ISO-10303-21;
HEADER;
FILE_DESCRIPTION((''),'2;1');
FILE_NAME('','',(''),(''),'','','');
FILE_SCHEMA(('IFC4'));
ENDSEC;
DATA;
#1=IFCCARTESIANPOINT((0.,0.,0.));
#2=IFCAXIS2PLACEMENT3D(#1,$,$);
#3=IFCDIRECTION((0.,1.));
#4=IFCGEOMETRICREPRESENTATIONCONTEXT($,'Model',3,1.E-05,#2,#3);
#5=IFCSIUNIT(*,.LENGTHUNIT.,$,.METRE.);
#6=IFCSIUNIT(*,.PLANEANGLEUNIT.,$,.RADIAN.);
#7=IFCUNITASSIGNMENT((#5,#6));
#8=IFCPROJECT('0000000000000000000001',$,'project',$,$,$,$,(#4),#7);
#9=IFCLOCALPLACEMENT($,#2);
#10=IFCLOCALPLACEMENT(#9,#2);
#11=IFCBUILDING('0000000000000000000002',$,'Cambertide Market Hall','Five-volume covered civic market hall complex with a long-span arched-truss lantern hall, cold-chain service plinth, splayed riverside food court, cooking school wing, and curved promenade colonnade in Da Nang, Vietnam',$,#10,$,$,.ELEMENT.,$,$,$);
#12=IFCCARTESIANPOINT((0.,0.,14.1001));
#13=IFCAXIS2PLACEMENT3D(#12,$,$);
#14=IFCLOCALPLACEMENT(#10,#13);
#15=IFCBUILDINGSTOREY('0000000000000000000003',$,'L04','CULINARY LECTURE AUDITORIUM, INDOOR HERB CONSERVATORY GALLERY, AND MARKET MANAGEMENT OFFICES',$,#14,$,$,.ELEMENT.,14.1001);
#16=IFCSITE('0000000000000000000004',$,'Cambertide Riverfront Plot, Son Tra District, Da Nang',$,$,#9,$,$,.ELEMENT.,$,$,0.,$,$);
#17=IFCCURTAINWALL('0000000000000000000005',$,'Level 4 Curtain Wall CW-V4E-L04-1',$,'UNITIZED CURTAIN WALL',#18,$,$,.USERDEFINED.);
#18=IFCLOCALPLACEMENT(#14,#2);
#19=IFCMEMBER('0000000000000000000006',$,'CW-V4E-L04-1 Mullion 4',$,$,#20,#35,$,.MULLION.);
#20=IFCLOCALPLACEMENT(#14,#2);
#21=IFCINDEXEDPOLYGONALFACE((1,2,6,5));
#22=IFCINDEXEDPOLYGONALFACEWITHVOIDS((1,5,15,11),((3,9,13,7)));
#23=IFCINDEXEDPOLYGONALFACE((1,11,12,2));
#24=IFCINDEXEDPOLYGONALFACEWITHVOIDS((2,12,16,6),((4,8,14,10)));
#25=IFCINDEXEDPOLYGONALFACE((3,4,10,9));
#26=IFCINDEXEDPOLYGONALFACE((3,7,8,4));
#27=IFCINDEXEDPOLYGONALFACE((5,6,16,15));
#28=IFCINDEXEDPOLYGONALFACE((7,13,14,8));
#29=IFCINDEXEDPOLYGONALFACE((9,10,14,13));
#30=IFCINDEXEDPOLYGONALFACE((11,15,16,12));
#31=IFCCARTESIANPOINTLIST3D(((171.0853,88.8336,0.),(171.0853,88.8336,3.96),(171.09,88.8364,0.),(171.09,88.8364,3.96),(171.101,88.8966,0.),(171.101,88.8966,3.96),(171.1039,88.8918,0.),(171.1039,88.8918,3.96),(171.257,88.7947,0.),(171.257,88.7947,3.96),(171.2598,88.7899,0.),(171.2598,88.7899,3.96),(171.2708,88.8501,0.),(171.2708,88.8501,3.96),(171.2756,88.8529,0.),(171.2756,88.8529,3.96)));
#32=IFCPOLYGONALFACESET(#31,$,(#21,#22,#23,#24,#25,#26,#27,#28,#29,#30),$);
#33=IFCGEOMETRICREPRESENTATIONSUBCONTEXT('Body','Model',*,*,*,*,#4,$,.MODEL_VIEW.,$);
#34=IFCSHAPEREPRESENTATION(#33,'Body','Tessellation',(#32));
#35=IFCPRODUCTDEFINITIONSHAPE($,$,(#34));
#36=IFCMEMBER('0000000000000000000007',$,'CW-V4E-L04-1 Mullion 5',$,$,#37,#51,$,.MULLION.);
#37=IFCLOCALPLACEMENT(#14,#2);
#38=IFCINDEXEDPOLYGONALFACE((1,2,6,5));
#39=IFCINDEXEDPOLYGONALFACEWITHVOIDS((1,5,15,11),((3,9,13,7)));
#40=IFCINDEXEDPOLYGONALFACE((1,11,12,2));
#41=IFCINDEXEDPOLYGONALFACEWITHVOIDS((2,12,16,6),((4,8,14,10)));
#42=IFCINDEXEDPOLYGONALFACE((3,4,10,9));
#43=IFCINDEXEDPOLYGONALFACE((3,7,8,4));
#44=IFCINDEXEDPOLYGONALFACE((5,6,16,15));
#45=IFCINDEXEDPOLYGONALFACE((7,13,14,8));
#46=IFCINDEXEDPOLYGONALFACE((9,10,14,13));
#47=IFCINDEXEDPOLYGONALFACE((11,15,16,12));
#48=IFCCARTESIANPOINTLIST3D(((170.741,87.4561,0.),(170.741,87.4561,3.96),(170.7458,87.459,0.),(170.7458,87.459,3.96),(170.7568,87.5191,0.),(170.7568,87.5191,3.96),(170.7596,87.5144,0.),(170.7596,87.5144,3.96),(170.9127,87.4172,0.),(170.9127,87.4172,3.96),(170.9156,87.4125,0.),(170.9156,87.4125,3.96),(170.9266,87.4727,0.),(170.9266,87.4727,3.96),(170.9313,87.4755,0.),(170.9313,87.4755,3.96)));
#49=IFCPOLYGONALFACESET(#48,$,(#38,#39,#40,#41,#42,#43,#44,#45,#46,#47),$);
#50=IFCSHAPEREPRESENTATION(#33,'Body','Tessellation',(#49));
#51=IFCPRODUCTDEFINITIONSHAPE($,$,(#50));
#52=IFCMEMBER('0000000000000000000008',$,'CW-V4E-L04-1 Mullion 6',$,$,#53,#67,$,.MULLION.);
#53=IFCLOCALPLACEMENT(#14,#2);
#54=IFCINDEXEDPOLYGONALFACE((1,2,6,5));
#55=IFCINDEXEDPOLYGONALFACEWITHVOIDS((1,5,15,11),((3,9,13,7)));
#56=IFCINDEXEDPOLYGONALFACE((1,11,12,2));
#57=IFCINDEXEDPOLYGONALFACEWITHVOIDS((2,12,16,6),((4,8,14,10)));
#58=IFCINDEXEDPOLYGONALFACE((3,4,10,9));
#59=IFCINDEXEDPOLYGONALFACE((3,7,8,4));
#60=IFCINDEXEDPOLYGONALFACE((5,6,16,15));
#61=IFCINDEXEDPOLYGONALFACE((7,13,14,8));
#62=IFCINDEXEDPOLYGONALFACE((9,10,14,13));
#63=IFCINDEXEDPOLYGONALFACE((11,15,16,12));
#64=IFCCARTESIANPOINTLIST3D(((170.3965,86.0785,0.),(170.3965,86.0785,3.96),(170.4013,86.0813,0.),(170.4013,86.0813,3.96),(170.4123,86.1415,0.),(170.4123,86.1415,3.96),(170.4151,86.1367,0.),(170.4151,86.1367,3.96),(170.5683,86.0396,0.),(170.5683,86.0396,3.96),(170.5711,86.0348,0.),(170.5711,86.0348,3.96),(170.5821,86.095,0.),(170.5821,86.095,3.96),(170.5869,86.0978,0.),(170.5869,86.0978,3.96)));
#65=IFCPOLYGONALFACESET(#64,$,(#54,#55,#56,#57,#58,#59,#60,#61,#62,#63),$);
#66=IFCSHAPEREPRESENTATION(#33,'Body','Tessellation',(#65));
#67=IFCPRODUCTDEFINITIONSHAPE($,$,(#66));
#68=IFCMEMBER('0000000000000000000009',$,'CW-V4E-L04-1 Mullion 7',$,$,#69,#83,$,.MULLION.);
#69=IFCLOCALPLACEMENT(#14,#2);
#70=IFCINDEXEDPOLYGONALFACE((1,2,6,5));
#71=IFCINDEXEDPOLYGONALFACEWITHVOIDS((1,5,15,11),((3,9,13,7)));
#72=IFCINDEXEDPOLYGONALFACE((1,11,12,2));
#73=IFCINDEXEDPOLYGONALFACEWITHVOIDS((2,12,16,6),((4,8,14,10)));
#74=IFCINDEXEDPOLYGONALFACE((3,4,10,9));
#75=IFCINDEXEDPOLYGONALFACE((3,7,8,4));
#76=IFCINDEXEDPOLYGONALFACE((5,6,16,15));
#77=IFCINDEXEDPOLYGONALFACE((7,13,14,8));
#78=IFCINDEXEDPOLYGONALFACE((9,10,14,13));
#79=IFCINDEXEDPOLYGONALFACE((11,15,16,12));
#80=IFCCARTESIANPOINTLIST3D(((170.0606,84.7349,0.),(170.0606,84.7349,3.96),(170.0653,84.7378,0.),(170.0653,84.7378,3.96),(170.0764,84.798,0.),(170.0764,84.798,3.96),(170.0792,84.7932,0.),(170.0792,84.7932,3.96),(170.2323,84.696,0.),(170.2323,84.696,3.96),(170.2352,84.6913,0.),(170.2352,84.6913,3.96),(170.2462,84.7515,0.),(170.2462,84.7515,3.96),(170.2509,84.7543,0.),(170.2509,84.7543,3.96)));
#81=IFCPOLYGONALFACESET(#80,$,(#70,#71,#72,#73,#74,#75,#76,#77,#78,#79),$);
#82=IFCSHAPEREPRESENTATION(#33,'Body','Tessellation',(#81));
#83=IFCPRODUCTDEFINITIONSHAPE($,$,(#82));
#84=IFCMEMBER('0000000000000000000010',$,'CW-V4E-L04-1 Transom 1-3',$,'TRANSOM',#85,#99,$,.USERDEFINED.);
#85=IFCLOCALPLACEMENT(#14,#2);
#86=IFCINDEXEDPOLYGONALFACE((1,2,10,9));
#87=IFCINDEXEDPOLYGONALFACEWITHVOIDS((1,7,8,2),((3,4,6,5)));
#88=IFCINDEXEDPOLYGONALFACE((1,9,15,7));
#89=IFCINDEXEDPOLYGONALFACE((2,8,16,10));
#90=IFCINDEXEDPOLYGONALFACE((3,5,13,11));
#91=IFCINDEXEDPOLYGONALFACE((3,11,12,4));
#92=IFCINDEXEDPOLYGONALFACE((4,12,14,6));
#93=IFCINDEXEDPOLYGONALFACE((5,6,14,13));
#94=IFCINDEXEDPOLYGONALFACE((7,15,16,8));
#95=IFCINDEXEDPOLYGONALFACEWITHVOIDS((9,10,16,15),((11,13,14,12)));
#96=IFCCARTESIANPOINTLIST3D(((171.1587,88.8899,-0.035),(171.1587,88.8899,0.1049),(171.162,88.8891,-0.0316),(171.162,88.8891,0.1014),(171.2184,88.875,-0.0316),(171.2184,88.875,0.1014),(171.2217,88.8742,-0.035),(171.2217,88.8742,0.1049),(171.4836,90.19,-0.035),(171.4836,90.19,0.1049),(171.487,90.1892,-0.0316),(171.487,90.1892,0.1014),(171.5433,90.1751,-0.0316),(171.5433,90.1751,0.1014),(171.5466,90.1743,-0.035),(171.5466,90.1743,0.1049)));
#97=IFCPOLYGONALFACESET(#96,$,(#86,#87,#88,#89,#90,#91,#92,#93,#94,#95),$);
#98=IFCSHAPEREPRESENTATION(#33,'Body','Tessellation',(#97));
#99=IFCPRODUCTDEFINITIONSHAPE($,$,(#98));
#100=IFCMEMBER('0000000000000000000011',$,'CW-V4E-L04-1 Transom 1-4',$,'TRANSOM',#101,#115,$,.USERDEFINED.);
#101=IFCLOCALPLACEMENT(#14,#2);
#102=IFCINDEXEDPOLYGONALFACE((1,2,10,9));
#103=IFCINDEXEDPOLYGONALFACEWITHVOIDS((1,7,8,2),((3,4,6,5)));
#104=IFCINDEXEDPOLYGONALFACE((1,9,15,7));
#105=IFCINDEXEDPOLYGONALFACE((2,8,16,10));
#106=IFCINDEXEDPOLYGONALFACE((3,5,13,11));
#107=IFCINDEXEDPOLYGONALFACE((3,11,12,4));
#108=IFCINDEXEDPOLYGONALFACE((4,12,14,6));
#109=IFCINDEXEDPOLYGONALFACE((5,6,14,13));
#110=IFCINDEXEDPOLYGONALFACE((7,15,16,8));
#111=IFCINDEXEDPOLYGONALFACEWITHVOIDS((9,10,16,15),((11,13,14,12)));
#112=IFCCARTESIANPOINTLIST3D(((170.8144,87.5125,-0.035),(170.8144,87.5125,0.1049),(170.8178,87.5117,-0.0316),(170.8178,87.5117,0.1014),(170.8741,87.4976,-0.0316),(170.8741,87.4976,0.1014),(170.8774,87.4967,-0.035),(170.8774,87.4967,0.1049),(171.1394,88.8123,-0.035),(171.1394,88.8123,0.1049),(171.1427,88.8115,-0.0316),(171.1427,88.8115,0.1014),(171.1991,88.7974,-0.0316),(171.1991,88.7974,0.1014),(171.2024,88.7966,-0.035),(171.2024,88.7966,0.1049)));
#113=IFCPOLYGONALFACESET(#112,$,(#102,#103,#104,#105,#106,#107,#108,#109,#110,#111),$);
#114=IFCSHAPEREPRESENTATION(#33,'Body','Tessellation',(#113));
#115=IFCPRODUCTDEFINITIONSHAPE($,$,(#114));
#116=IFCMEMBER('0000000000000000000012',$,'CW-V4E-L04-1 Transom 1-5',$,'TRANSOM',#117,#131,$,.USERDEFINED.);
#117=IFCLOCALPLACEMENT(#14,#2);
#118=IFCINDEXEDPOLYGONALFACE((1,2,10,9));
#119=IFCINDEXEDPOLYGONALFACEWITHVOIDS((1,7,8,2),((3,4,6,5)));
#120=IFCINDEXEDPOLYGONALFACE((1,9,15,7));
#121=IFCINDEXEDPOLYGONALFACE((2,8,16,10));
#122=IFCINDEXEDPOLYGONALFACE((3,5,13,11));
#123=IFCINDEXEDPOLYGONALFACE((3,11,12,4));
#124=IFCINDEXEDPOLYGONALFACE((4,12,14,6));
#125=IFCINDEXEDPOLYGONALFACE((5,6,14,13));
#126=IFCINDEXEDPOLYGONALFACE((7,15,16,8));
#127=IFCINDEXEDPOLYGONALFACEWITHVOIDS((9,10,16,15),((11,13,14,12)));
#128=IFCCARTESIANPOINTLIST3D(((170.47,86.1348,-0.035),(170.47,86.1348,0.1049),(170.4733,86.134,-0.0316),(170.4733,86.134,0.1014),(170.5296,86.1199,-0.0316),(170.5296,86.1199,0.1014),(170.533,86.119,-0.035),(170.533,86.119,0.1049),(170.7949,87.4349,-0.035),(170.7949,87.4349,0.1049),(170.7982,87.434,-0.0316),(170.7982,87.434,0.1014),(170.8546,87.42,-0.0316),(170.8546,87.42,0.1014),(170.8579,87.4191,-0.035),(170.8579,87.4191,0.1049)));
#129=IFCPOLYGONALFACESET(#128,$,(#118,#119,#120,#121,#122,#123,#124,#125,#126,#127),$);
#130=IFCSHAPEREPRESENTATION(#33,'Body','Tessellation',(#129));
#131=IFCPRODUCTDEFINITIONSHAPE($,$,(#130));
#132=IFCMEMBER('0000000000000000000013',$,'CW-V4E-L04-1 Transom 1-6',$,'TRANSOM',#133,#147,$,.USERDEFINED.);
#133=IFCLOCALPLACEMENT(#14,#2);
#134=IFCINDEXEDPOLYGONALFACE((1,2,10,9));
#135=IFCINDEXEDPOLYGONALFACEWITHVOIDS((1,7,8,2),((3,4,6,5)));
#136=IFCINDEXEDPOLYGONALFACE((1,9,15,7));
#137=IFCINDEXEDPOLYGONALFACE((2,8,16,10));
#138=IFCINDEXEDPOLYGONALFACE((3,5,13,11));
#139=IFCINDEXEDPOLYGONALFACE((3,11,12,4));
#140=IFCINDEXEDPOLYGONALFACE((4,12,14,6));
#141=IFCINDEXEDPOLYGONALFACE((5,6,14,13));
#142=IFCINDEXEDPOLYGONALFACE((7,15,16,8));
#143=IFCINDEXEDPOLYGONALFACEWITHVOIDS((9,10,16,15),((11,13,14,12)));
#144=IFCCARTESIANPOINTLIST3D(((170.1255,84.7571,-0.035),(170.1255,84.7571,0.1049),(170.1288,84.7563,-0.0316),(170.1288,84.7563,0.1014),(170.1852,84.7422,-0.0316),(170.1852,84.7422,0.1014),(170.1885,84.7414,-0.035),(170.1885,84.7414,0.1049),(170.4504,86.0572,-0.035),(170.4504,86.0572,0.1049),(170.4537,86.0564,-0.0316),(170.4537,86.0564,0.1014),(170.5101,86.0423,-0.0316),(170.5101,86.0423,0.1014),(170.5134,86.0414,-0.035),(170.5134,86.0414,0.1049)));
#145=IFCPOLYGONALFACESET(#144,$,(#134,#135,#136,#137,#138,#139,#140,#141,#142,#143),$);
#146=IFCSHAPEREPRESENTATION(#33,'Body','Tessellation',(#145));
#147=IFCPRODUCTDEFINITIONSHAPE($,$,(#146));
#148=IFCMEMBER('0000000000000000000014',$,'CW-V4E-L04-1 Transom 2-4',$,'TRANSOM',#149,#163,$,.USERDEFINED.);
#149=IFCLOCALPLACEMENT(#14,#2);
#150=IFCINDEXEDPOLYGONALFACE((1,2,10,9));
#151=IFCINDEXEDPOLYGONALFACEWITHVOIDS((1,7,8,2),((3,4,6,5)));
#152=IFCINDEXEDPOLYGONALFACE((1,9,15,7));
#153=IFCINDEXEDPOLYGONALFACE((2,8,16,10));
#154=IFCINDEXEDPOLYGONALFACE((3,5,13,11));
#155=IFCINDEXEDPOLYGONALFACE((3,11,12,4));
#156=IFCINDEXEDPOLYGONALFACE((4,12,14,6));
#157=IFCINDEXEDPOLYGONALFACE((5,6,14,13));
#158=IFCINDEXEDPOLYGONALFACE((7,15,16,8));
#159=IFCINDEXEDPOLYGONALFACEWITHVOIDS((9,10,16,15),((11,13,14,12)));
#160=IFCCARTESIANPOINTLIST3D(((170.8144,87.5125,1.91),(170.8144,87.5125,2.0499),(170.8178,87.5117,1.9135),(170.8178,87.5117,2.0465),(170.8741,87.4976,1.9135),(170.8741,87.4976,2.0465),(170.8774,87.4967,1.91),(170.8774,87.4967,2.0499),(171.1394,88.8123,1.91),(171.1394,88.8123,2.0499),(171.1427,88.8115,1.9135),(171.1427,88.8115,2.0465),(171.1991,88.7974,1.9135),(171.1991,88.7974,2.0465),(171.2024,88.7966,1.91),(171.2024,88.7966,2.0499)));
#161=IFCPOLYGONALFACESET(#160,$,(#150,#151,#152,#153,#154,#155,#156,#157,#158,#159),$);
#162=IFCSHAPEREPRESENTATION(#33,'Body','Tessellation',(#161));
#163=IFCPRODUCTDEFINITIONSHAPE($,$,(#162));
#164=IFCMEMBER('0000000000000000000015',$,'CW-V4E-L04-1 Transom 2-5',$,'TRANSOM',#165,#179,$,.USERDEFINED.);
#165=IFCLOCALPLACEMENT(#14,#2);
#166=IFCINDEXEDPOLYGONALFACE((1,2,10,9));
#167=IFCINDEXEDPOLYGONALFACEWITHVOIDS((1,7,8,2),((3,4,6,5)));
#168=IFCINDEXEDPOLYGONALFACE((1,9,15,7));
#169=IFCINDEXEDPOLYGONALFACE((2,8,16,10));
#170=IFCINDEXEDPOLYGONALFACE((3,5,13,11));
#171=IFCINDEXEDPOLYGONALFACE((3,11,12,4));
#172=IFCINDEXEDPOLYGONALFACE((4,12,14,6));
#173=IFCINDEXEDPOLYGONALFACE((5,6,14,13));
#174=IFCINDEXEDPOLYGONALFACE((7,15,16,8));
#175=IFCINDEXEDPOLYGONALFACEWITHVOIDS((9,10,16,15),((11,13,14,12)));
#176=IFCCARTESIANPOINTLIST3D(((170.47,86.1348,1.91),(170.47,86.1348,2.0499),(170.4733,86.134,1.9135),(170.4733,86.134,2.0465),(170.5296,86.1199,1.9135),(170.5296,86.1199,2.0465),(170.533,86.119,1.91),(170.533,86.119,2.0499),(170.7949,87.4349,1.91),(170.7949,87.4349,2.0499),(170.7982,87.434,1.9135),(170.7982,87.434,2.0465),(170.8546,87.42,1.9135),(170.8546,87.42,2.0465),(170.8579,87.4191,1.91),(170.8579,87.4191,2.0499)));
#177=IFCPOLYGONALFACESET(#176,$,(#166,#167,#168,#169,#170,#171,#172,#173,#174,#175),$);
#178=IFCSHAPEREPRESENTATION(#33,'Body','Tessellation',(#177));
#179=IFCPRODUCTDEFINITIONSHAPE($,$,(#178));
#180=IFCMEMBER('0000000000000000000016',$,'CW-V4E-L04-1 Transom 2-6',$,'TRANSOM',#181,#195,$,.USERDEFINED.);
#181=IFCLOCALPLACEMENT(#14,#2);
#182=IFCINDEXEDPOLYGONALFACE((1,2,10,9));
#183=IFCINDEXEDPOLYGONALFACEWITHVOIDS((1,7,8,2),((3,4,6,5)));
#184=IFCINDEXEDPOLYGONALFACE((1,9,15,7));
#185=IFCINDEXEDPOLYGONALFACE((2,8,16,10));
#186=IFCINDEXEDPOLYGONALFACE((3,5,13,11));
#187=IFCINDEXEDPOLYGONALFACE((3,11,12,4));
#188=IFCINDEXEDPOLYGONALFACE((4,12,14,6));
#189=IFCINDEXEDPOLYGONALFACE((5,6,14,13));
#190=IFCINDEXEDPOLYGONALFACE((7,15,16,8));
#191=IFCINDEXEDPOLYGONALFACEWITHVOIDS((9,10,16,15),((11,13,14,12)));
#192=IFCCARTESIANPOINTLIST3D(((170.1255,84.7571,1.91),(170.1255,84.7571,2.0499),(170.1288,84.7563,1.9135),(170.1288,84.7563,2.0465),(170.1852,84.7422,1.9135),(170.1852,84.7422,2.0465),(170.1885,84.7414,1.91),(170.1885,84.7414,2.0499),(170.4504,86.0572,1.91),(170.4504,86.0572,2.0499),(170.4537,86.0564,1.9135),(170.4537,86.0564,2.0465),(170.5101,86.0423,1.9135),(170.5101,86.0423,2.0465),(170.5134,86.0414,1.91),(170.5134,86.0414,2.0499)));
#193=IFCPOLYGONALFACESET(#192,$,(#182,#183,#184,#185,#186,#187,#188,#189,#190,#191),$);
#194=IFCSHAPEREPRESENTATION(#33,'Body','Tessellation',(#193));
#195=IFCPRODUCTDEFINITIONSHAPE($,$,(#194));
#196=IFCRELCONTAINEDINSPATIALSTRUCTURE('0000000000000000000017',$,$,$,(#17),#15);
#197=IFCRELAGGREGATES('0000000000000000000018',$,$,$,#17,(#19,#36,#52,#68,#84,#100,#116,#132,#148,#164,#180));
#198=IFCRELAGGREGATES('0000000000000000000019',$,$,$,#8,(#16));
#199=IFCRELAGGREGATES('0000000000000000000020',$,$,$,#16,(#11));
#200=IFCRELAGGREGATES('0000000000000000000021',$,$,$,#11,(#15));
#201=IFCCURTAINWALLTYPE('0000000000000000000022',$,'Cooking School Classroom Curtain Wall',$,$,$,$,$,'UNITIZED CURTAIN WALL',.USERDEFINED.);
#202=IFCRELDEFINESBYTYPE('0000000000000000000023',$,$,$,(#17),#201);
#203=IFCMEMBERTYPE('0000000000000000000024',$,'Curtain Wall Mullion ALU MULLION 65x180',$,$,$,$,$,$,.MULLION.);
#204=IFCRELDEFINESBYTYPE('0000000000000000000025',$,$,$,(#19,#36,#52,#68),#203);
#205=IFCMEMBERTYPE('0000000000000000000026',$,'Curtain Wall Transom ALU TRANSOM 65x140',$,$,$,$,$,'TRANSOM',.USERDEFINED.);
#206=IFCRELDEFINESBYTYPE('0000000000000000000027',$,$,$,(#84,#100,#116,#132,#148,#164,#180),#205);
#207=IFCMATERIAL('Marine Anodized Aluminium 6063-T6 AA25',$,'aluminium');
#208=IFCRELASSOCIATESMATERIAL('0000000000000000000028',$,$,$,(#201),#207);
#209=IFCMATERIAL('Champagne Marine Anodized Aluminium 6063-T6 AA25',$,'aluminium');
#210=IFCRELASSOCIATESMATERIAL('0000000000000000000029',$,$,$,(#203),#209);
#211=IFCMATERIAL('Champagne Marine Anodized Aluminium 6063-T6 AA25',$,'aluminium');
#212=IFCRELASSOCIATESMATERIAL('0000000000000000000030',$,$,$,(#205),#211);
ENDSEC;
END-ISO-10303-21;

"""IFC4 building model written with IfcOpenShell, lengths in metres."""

from ifc_helpers import new_model, si_unit, direction, frame, origin, origin_2d, place, context, subcontext, project, spatial, hollow_rectangle, extrude, material, material_profile, profile_set, type_object, element, aggregate, save


model = new_model("IFC4")

# Units and contexts
model_context = context("Model", 3, precision=1e-05, world=origin(), true_north=direction((0.0, 1.0)))
body_context = subcontext(model_context, "Body", "Model", "MODEL_VIEW")
ifc_project = project(units=[si_unit("LENGTHUNIT", "METRE"), si_unit("PLANEANGLEUNIT", "RADIAN")], contexts=[model_context])

# Site, building, storey
site_placement = place(None, origin())
site = spatial("IfcSite", under=ifc_project, at=site_placement, Name="Cambertide Riverfront Plot, Son Tra District, Da Nang", CompositionType="ELEMENT", RefElevation=0.0)
building_placement = place(site_placement, origin())
building = spatial("IfcBuilding", under=site, at=building_placement, Name="Cambertide Market Hall", Description="Five-volume covered civic market hall complex with a long-span arched-truss lantern hall, cold-chain service plinth, splayed riverside food court, cooking school wing, and curved promenade colonnade in Da Nang, Vietnam", CompositionType="ELEMENT")
storey_placement = place(building_placement, frame((0.0, 0.0, 14.1001)))
storey = spatial("IfcBuildingStorey", under=building, at=storey_placement, Name="L04", Description="CULINARY LECTURE AUDITORIUM, INDOOR HERB CONSERVATORY GALLERY, AND MARKET MANAGEMENT OFFICES", CompositionType="ELEMENT", Elevation=14.1001)

# Curtain wall, members
ifc_material_1 = material(Name="Marine Anodized Aluminium 6063-T6 AA25", Category="aluminium")
curtain_wall_type = type_object("IfcCurtainWallType", Name="Cooking School Classroom Curtain Wall", ElementType="UNITIZED CURTAIN WALL", PredefinedType="USERDEFINED", material=ifc_material_1)
curtain_wall_placement = place(storey_placement, origin())
curtain_wall = element("IfcCurtainWall", 1, at=curtain_wall_placement, inside=storey, type_object=curtain_wall_type, Name="Level 4 Curtain Wall CW-V4E-L04-1", ObjectType="UNITIZED CURTAIN WALL", PredefinedType="USERDEFINED")
ifc_material_2 = material(Name="Champagne Marine Anodized Aluminium 6063-T6 AA25", Category="aluminium")
ifc_material_profile_1 = material_profile(ifc_material_2, hollow_rectangle(XDim=0.0649, YDim=0.1799, WallThickness=0.0039, at=origin_2d()), Name="ALU MULLION 65x180")
ifc_profile_set_1 = profile_set([ifc_material_profile_1], Name="Champagne Marine Anodized Aluminium 6063-T6 AA25")
member_type_1 = type_object("IfcMemberType", Name="Curtain Wall Mullion ALU MULLION 65x180", PredefinedType="MULLION", material=ifc_profile_set_1)
member_1_placement = place(storey_placement, frame((171.1804, 88.8433, 0.0), z_axis=(0.0, 0.0, 1.0), x_axis=(-0.242536, -0.970143, 0.0)))
member_1 = element("IfcMember", 2, at=member_1_placement, type_object=member_type_1, Name="CW-V4E-L04-1 Mullion 4", PredefinedType="MULLION", context=body_context, shape_type="SweptSolid", body=[
    extrude(hollow_rectangle(XDim=0.0649, YDim=0.1799, WallThickness=0.0039, at=origin_2d()), origin(), (0.0, 0.0, 1.0), 3.96),
])
member_2_placement = place(storey_placement, frame((170.8362, 87.4658, 0.0), z_axis=(0.0, 0.0, 1.0), x_axis=(-0.242536, -0.970143, 0.0)))
member_2 = element("IfcMember", 3, at=member_2_placement, type_object=member_type_1, Name="CW-V4E-L04-1 Mullion 5", PredefinedType="MULLION", context=body_context, shape_type="SweptSolid", body=[
    extrude(hollow_rectangle(XDim=0.0649, YDim=0.1799, WallThickness=0.0039, at=origin_2d()), origin(), (0.0, 0.0, 1.0), 3.96),
])
member_3_placement = place(storey_placement, frame((170.4917, 86.0881, 0.0), z_axis=(0.0, 0.0, 1.0), x_axis=(-0.242536, -0.970143, 0.0)))
member_3 = element("IfcMember", 4, at=member_3_placement, type_object=member_type_1, Name="CW-V4E-L04-1 Mullion 6", PredefinedType="MULLION", context=body_context, shape_type="SweptSolid", body=[
    extrude(hollow_rectangle(XDim=0.0649, YDim=0.1799, WallThickness=0.0039, at=origin_2d()), origin(), (0.0, 0.0, 1.0), 3.96),
])
member_4_placement = place(storey_placement, frame((170.1558, 84.7446, 0.0), z_axis=(0.0, 0.0, 1.0), x_axis=(-0.242536, -0.970143, 0.0)))
member_4 = element("IfcMember", 5, at=member_4_placement, type_object=member_type_1, Name="CW-V4E-L04-1 Mullion 7", PredefinedType="MULLION", context=body_context, shape_type="SweptSolid", body=[
    extrude(hollow_rectangle(XDim=0.0649, YDim=0.1799, WallThickness=0.0039, at=origin_2d()), origin(), (0.0, 0.0, 1.0), 3.96),
])
ifc_material_3 = material(Name="Champagne Marine Anodized Aluminium 6063-T6 AA25", Category="aluminium")
ifc_material_profile_2 = material_profile(ifc_material_3, hollow_rectangle(XDim=0.0649, YDim=0.1399, WallThickness=0.0034, at=origin_2d()), Name="ALU TRANSOM 65x140")
ifc_profile_set_2 = profile_set([ifc_material_profile_2], Name="Champagne Marine Anodized Aluminium 6063-T6 AA25")
member_type_2 = type_object("IfcMemberType", Name="Curtain Wall Transom ALU TRANSOM 65x140", ElementType="TRANSOM", PredefinedType="USERDEFINED", material=ifc_profile_set_2)
member_5_placement = place(storey_placement, frame((171.5151, 90.1821, 0.0349), z_axis=(-0.242493, -0.970153, 0.0), x_axis=(0.970153, -0.242493, 0.0)))
member_5 = element("IfcMember", 6, at=member_5_placement, type_object=member_type_2, Name="CW-V4E-L04-1 Transom 1-3", ObjectType="TRANSOM", PredefinedType="USERDEFINED", context=body_context, shape_type="SweptSolid", body=[
    extrude(hollow_rectangle(XDim=0.0649, YDim=0.1399, WallThickness=0.0034, at=origin_2d()), origin(), (0.0, 0.0, 1.0), 1.3401),
])
member_6_placement = place(storey_placement, frame((171.1709, 88.8044, 0.0349), z_axis=(-0.242536, -0.970143, 0.0), x_axis=(0.970143, -0.242536, 0.0)))
member_6 = element("IfcMember", 7, at=member_6_placement, type_object=member_type_2, Name="CW-V4E-L04-1 Transom 1-4", ObjectType="TRANSOM", PredefinedType="USERDEFINED", context=body_context, shape_type="SweptSolid", body=[
    extrude(hollow_rectangle(XDim=0.0649, YDim=0.1399, WallThickness=0.0034, at=origin_2d()), origin(), (0.0, 0.0, 1.0), 1.3398),
])
member_7_placement = place(storey_placement, frame((170.8264, 87.427, 0.0349), z_axis=(-0.242493, -0.970153, 0.0), x_axis=(0.970153, -0.242493, 0.0)))
member_7 = element("IfcMember", 8, at=member_7_placement, type_object=member_type_2, Name="CW-V4E-L04-1 Transom 1-5", ObjectType="TRANSOM", PredefinedType="USERDEFINED", context=body_context, shape_type="SweptSolid", body=[
    extrude(hollow_rectangle(XDim=0.0649, YDim=0.1399, WallThickness=0.0034, at=origin_2d()), origin(), (0.0, 0.0, 1.0), 1.3401),
])
member_8_placement = place(storey_placement, frame((170.4819, 86.0493, 0.0349), z_axis=(-0.242493, -0.970153, 0.0), x_axis=(0.970153, -0.242493, 0.0)))
member_8 = element("IfcMember", 9, at=member_8_placement, type_object=member_type_2, Name="CW-V4E-L04-1 Transom 1-6", ObjectType="TRANSOM", PredefinedType="USERDEFINED", context=body_context, shape_type="SweptSolid", body=[
    extrude(hollow_rectangle(XDim=0.0649, YDim=0.1399, WallThickness=0.0034, at=origin_2d()), origin(), (0.0, 0.0, 1.0), 1.3401),
])
member_9_placement = place(storey_placement, frame((171.1709, 88.8044, 1.98), z_axis=(-0.242536, -0.970143, 0.0), x_axis=(0.970143, -0.242536, 0.0)))
member_9 = element("IfcMember", 10, at=member_9_placement, type_object=member_type_2, Name="CW-V4E-L04-1 Transom 2-4", ObjectType="TRANSOM", PredefinedType="USERDEFINED", context=body_context, shape_type="SweptSolid", body=[
    extrude(hollow_rectangle(XDim=0.0649, YDim=0.1399, WallThickness=0.0034, at=origin_2d()), origin(), (0.0, 0.0, 1.0), 1.3398),
])
member_10_placement = place(storey_placement, frame((170.8264, 87.427, 1.98), z_axis=(-0.242493, -0.970153, 0.0), x_axis=(0.970153, -0.242493, 0.0)))
member_10 = element("IfcMember", 11, at=member_10_placement, type_object=member_type_2, Name="CW-V4E-L04-1 Transom 2-5", ObjectType="TRANSOM", PredefinedType="USERDEFINED", context=body_context, shape_type="SweptSolid", body=[
    extrude(hollow_rectangle(XDim=0.0649, YDim=0.1399, WallThickness=0.0034, at=origin_2d()), origin(), (0.0, 0.0, 1.0), 1.3401),
])
member_11_placement = place(storey_placement, frame((170.4819, 86.0493, 1.98), z_axis=(-0.242493, -0.970153, 0.0), x_axis=(0.970153, -0.242493, 0.0)))
member_11 = element("IfcMember", 12, at=member_11_placement, type_object=member_type_2, Name="CW-V4E-L04-1 Transom 2-6", ObjectType="TRANSOM", PredefinedType="USERDEFINED", context=body_context, shape_type="SweptSolid", body=[
    extrude(hollow_rectangle(XDim=0.0649, YDim=0.1399, WallThickness=0.0034, at=origin_2d()), origin(), (0.0, 0.0, 1.0), 1.3401),
])
aggregate(curtain_wall, [member_1, member_2, member_3, member_4, member_5, member_6, member_7, member_8, member_9, member_10, member_11])

save(model, "model.ifc")
